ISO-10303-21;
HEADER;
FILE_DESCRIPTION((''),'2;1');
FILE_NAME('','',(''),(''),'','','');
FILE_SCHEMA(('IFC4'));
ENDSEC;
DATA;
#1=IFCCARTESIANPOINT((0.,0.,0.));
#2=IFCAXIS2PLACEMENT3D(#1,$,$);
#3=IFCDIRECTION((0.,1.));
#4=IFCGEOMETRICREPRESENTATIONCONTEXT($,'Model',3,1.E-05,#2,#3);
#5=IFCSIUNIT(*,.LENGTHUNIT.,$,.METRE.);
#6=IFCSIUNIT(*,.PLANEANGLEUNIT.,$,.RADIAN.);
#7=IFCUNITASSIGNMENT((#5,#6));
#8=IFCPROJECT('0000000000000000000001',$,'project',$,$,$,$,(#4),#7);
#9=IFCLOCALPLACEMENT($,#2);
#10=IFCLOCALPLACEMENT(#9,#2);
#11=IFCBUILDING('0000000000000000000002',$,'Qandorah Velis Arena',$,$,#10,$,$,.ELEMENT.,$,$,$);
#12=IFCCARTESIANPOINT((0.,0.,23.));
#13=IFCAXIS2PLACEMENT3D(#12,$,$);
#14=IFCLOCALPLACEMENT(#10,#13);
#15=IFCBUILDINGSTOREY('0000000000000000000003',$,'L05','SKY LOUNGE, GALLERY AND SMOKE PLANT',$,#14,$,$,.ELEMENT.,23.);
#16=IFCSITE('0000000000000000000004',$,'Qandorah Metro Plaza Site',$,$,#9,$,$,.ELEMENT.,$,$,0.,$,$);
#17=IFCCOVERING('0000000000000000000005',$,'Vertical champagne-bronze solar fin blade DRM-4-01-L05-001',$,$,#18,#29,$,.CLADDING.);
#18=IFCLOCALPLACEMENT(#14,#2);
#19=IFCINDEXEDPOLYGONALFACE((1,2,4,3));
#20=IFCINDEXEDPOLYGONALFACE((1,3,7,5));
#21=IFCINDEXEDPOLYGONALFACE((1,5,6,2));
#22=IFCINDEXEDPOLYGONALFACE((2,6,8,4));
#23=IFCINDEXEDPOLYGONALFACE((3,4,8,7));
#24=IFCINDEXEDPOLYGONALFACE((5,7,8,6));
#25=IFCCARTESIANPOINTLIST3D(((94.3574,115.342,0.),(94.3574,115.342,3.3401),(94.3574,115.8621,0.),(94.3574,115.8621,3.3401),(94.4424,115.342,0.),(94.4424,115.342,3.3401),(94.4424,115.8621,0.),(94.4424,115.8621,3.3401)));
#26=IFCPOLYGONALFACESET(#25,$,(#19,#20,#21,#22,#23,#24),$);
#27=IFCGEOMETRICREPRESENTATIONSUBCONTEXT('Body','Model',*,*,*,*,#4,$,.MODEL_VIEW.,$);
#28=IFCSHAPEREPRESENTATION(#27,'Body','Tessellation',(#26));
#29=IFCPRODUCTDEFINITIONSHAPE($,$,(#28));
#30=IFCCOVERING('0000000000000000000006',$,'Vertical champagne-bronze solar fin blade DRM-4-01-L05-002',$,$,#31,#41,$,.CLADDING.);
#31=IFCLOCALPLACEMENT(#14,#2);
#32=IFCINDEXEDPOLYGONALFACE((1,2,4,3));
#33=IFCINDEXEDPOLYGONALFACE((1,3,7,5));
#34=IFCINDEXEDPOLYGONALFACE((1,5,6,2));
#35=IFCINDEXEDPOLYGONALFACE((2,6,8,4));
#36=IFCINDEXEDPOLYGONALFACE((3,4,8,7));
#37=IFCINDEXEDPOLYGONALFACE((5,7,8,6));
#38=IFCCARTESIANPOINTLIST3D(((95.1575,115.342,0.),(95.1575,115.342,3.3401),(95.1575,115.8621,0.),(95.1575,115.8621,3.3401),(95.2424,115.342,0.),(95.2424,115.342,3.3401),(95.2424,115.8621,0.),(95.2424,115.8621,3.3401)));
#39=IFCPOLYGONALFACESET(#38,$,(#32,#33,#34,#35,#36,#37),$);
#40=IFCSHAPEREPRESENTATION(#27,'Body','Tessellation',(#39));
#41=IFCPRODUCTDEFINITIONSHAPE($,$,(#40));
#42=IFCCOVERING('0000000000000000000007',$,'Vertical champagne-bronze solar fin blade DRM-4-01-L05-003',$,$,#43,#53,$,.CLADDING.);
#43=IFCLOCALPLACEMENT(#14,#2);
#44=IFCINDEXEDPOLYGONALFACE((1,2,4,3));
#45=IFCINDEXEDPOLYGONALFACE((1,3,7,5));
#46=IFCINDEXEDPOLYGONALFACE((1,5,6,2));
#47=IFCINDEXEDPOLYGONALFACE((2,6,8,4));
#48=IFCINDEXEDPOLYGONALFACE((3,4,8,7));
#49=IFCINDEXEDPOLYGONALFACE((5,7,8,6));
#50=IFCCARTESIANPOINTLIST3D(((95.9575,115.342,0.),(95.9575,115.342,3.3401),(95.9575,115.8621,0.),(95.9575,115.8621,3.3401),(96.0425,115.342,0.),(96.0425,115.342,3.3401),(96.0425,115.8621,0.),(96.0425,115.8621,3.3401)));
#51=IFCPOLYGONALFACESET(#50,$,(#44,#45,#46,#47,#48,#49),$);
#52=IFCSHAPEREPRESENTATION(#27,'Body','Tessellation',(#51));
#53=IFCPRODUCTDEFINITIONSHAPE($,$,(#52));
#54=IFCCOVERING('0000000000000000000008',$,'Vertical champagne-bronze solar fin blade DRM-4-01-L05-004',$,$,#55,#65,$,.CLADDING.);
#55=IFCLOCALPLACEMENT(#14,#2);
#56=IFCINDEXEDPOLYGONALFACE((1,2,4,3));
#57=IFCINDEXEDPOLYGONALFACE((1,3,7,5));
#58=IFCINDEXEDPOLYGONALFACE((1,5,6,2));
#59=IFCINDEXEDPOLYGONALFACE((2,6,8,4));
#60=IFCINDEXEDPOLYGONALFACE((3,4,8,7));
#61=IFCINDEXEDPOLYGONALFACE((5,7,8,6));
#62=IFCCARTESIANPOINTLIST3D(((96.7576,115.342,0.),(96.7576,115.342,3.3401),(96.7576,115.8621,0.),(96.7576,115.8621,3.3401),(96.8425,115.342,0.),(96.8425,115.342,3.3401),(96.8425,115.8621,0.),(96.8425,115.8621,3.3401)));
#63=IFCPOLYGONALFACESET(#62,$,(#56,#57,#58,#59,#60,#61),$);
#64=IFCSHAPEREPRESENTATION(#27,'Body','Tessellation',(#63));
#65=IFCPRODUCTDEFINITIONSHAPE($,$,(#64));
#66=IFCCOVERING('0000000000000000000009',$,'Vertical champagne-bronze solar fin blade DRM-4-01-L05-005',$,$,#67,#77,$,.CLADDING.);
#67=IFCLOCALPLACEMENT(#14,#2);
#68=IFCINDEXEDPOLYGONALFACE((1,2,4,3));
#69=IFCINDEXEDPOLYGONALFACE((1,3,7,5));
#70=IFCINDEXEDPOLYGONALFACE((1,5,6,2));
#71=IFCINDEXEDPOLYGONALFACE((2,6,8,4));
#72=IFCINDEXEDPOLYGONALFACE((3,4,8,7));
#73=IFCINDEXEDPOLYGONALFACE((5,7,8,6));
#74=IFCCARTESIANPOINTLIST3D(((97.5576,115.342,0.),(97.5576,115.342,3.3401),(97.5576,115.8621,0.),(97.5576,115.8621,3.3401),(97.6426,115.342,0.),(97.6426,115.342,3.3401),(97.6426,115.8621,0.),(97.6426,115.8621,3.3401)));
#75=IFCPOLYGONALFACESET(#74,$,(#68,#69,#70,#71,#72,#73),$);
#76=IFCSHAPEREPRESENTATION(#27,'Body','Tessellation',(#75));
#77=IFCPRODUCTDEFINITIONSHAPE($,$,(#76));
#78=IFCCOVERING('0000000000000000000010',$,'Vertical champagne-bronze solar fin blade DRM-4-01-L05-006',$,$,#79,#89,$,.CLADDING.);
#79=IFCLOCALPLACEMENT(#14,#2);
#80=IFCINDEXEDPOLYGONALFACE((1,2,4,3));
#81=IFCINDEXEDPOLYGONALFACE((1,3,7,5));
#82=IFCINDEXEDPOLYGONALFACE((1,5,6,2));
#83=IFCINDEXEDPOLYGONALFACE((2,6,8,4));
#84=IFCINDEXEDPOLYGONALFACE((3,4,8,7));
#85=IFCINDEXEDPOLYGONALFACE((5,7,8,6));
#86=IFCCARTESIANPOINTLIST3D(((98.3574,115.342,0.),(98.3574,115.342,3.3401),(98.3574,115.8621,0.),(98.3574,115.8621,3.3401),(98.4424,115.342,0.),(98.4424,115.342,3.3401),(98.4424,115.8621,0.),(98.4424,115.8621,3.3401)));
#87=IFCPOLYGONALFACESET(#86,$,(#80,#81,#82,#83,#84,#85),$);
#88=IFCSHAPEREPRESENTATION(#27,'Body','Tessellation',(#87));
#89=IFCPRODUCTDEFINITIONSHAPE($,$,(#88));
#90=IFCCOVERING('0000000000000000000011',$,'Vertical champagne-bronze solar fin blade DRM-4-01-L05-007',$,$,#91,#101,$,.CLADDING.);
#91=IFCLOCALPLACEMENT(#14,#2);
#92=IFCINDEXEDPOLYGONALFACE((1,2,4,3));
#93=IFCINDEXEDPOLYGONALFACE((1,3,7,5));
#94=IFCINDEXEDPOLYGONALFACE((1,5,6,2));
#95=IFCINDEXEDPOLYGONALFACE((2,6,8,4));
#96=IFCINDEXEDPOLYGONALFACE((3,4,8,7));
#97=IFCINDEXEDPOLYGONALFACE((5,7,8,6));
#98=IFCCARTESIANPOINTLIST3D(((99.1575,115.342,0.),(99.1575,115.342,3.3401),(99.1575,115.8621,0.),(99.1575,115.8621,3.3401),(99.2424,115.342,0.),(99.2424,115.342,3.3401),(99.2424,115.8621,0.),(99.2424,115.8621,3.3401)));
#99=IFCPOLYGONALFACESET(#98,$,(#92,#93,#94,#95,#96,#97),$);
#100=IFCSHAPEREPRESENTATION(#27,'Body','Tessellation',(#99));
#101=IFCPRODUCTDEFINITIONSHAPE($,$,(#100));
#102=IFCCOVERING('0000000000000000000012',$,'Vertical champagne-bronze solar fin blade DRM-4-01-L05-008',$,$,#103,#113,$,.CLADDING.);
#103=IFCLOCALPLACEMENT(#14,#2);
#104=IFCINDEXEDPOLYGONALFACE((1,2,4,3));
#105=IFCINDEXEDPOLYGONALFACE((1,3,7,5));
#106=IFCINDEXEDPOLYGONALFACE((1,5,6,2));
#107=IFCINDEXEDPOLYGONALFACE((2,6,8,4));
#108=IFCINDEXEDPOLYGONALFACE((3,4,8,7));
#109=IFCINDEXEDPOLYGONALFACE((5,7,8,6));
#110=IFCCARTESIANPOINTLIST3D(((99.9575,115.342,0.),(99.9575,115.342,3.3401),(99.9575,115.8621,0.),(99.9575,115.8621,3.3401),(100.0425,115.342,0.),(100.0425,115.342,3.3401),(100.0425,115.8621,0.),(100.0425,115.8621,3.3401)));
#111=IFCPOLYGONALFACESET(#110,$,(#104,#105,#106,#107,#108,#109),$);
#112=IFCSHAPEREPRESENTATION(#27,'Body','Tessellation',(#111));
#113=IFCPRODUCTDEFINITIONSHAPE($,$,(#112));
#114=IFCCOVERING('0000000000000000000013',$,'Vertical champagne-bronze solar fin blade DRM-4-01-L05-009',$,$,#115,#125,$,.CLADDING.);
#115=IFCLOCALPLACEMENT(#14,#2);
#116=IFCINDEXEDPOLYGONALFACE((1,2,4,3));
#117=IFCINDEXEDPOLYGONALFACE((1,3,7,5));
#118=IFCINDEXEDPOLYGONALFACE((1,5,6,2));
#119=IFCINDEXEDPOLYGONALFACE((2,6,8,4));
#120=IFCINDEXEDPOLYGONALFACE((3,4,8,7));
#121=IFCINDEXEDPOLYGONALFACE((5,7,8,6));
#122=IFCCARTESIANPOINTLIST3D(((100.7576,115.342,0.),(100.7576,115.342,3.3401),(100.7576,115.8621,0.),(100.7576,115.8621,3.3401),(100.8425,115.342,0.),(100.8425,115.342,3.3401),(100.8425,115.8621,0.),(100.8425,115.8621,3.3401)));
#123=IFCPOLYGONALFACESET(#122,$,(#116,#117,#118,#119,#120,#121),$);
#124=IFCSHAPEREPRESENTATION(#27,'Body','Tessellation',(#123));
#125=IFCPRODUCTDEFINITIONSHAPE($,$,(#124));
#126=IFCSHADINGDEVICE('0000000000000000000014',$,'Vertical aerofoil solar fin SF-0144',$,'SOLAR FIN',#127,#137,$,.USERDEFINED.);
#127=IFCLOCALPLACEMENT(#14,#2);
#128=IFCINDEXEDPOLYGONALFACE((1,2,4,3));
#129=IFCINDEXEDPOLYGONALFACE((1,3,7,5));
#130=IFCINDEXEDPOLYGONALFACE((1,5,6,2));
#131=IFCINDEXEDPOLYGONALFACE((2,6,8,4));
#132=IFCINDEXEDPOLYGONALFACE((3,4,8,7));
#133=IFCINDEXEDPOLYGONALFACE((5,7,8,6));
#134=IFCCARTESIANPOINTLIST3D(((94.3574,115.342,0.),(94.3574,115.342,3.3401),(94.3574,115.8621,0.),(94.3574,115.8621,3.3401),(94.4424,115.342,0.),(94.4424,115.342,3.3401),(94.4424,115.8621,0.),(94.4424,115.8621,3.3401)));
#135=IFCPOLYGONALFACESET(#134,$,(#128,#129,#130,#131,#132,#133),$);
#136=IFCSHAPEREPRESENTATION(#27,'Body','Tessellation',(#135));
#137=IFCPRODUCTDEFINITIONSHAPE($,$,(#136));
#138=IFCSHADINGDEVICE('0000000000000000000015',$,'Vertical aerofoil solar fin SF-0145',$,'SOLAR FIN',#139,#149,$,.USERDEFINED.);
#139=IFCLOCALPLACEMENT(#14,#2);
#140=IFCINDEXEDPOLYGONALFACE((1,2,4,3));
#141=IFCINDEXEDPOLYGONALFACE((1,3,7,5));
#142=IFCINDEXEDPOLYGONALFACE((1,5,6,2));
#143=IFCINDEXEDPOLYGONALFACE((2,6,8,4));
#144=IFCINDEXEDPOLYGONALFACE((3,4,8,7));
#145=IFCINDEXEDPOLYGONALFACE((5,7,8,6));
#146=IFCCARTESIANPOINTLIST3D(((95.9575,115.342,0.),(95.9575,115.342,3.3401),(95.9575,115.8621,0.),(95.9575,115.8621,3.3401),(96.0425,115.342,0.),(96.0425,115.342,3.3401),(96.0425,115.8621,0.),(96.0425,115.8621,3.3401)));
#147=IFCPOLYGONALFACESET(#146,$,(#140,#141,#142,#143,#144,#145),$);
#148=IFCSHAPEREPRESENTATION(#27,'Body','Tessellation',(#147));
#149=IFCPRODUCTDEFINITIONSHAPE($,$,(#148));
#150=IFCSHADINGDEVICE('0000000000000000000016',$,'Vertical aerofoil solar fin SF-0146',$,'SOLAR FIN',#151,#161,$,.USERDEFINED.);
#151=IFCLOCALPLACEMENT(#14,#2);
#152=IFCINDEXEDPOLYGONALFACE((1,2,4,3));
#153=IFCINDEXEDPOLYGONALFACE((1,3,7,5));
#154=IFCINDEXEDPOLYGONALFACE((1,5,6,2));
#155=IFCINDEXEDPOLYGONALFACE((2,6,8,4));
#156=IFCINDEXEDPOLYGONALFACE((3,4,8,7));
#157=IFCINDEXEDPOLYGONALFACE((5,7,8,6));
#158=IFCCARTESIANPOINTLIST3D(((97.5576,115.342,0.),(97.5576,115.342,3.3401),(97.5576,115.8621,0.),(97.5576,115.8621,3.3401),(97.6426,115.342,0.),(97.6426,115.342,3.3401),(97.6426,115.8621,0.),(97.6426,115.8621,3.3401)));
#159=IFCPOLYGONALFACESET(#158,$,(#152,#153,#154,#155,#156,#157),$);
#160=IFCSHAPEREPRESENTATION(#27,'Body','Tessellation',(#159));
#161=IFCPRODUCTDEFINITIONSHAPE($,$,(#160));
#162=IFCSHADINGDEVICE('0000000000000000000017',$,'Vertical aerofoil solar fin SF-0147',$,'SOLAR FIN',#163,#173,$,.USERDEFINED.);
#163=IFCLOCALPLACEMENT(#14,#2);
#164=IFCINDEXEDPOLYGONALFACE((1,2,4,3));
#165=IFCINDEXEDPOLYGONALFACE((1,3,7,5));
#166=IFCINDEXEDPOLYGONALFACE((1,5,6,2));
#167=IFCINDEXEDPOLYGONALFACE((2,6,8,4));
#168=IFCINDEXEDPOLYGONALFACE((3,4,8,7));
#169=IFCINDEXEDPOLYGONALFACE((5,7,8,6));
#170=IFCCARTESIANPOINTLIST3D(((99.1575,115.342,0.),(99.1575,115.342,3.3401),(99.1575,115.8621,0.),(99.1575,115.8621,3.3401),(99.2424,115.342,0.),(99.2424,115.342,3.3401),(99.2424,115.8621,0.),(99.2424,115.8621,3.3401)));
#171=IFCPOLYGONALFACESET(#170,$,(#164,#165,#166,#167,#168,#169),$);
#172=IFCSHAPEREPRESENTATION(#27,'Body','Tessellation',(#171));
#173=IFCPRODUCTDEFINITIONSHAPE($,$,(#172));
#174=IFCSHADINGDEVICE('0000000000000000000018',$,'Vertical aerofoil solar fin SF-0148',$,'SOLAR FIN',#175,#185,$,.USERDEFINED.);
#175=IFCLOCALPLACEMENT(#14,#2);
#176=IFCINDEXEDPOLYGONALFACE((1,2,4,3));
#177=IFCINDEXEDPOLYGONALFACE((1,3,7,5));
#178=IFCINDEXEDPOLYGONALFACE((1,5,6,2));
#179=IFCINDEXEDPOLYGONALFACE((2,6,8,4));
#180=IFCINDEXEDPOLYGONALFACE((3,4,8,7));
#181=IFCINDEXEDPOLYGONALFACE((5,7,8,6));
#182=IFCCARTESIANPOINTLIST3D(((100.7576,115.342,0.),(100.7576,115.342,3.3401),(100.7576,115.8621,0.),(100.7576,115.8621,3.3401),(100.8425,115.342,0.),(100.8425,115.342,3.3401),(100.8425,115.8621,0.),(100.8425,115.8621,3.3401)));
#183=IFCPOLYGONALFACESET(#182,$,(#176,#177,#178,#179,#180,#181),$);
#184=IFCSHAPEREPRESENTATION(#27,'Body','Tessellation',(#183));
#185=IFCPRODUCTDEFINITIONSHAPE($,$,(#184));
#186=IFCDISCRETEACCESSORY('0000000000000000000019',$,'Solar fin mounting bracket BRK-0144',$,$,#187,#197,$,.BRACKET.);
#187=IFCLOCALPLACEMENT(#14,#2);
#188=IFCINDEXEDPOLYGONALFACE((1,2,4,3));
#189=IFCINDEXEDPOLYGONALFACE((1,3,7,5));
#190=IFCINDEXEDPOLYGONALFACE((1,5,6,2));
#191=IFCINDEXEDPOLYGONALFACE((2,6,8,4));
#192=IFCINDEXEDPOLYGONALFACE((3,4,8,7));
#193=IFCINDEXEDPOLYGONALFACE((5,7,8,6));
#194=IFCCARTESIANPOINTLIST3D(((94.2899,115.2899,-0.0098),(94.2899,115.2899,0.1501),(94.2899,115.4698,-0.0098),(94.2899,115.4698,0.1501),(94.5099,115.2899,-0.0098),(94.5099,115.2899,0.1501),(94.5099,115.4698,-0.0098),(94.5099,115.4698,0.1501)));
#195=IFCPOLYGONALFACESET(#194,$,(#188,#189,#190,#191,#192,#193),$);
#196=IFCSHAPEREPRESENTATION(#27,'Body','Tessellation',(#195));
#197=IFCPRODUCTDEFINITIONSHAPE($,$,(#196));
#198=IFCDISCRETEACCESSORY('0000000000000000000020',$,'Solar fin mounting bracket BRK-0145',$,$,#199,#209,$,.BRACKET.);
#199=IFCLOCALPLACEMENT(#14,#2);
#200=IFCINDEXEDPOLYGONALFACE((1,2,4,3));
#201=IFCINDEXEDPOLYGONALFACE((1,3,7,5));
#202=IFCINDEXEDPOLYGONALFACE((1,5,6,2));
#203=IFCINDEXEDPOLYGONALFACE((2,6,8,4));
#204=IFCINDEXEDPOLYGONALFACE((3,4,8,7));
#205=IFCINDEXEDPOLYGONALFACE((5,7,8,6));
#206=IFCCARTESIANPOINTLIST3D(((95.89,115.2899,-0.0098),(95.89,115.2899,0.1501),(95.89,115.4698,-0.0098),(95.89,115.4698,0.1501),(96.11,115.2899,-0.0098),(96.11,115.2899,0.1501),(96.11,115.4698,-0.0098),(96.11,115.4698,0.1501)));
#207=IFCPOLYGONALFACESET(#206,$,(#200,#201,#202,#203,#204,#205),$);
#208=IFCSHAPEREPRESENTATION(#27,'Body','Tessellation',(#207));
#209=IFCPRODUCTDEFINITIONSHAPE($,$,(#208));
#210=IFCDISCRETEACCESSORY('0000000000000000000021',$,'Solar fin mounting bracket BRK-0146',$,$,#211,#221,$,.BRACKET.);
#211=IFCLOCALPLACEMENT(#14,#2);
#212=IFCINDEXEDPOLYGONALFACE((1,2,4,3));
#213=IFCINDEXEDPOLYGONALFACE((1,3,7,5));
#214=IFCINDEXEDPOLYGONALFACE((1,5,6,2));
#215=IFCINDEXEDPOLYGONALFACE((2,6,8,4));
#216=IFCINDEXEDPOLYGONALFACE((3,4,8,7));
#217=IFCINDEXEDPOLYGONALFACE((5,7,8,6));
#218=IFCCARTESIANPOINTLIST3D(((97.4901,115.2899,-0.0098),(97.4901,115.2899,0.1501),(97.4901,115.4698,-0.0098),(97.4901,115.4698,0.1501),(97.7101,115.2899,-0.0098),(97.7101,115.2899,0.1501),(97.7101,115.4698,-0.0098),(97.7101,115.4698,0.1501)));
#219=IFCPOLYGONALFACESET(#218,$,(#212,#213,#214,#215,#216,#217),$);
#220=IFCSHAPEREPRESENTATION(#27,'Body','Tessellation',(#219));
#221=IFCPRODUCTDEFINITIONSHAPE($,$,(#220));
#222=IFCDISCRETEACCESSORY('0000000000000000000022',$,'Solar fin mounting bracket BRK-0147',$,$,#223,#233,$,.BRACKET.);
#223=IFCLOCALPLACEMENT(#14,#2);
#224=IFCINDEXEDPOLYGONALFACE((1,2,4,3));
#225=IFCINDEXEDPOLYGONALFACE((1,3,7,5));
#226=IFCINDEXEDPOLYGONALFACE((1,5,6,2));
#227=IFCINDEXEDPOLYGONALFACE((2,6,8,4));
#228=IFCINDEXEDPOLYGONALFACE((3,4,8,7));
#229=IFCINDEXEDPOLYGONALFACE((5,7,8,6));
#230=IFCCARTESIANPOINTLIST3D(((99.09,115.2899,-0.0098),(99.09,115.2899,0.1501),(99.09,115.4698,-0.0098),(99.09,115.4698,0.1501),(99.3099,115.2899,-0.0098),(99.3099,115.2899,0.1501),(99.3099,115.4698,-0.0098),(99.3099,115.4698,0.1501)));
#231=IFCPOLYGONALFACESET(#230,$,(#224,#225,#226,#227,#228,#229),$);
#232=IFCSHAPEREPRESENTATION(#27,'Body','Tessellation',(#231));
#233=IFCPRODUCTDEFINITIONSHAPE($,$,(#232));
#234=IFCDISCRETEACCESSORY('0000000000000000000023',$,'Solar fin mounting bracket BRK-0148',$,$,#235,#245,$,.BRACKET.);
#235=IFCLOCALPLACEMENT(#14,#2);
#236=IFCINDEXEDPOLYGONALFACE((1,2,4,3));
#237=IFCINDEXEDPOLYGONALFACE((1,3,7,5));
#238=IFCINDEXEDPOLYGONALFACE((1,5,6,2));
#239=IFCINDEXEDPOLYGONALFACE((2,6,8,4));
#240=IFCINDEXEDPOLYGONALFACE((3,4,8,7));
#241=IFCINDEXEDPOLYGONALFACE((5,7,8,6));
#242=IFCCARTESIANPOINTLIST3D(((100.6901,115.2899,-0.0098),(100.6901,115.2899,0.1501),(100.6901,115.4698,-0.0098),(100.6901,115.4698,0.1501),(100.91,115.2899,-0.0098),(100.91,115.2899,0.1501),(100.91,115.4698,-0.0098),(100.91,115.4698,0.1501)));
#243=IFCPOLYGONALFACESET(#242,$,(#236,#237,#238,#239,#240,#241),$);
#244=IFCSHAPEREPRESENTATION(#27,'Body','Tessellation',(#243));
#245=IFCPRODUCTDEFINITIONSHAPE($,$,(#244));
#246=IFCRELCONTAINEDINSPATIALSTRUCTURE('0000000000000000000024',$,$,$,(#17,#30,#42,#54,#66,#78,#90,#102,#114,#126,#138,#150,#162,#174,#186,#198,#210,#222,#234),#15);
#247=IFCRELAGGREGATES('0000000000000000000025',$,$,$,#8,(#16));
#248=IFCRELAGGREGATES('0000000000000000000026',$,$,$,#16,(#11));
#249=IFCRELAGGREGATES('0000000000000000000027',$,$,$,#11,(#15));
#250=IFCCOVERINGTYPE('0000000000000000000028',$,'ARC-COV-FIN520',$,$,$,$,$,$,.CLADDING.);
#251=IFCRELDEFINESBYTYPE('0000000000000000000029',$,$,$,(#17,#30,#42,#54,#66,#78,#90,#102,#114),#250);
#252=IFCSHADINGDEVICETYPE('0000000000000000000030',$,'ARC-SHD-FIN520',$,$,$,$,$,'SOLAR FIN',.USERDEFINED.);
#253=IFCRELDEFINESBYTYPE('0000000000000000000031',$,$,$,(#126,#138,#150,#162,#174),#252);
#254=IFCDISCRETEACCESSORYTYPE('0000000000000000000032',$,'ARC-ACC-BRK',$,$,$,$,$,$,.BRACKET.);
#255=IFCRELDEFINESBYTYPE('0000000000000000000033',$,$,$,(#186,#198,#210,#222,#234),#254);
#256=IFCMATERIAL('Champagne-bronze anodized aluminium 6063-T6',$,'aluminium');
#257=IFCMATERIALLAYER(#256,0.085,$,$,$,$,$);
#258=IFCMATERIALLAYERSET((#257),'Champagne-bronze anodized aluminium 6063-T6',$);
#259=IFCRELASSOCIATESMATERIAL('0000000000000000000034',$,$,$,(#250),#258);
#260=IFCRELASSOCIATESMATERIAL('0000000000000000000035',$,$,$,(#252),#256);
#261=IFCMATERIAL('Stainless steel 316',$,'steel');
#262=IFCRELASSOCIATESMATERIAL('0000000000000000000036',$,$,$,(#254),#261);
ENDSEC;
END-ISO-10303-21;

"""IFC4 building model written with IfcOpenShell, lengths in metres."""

from ifc_helpers import new_model, si_unit, direction, frame, origin, origin_2d, place, context, subcontext, project, spatial, rectangle, extrude, material, layer, layer_set, type_object, element, save


model = new_model("IFC4")

# Units and contexts
model_context = context("Model", 3, precision=1e-05, world=origin(), true_north=direction((0.0, 1.0)))
body_context = subcontext(model_context, "Body", "Model", "MODEL_VIEW")
ifc_project = project(units=[si_unit("LENGTHUNIT", "METRE"), si_unit("PLANEANGLEUNIT", "RADIAN")], contexts=[model_context])

# Site, building, storey
site_placement = place(None, origin())
site = spatial("IfcSite", under=ifc_project, at=site_placement, Name="Qandorah Metro Plaza Site", CompositionType="ELEMENT", RefElevation=0.0)
building_placement = place(site_placement, origin())
building = spatial("IfcBuilding", under=site, at=building_placement, Name="Qandorah Velis Arena", CompositionType="ELEMENT")
storey_placement = place(building_placement, frame((0.0, 0.0, 23.0)))
storey = spatial("IfcBuildingStorey", under=building, at=storey_placement, Name="L05", Description="SKY LOUNGE, GALLERY AND SMOKE PLANT", CompositionType="ELEMENT", Elevation=23.0)

# Coverings
ifc_material_1 = material(Name="Champagne-bronze anodized aluminium 6063-T6", Category="aluminium")
ifc_layer_1 = layer(ifc_material_1, 0.085)
ifc_layer_set_1 = layer_set([ifc_layer_1], Name="Champagne-bronze anodized aluminium 6063-T6")
covering_type = type_object("IfcCoveringType", Name="ARC-COV-FIN520", PredefinedType="CLADDING", material=ifc_layer_set_1)
for number, where, z_axis, x_axis, name in (
    (1, (94.3999, 115.6021, 0.0), (0.0, 0.0, 1.0), (1.0, 0.0, 0.0), "Vertical champagne-bronze solar fin blade DRM-4-01-L05-001"),
    (2, (95.2, 115.6021, 0.0), (0.0, 0.0, 1.0), (1.0, 0.0, 0.0), "Vertical champagne-bronze solar fin blade DRM-4-01-L05-002"),
    (3, (96.0, 115.6021, 0.0), (0.0, 0.0, 1.0), (1.0, 0.0, 0.0), "Vertical champagne-bronze solar fin blade DRM-4-01-L05-003"),
    (4, (96.8, 115.6021, 0.0), (0.0, 0.0, 1.0), (1.0, 0.0, 0.0), "Vertical champagne-bronze solar fin blade DRM-4-01-L05-004"),
    (5, (97.6001, 115.6021, 0.0), (0.0, 0.0, 1.0), (1.0, 0.0, 0.0), "Vertical champagne-bronze solar fin blade DRM-4-01-L05-005"),
    (6, (98.3999, 115.6021, 0.0), (0.0, 0.0, 1.0), (1.0, 0.0, 0.0), "Vertical champagne-bronze solar fin blade DRM-4-01-L05-006"),
    (7, (99.2, 115.6021, 0.0), (0.0, 0.0, 1.0), (1.0, 0.0, 0.0), "Vertical champagne-bronze solar fin blade DRM-4-01-L05-007"),
    (8, (100.0, 115.6021, 0.0), (0.0, 0.0, 1.0), (1.0, 0.0, 0.0), "Vertical champagne-bronze solar fin blade DRM-4-01-L05-008"),
    (9, (100.8, 115.6021, 0.0), (0.0, 0.0, 1.0), (1.0, 0.0, 0.0), "Vertical champagne-bronze solar fin blade DRM-4-01-L05-009"),
):
    element("IfcCovering", number, at=place(storey_placement, frame(where, z_axis=z_axis, x_axis=x_axis)), inside=storey, type_object=covering_type, Name=name, PredefinedType="CLADDING", context=body_context, shape_type="SweptSolid", body=[
        extrude(rectangle(XDim=0.085, YDim=0.52, at=origin_2d()), origin(), (0.0, 0.0, 1.0), 3.3401),
    ])

# Shading devices
shading_device_type = type_object("IfcShadingDeviceType", Name="ARC-SHD-FIN520", ElementType="SOLAR FIN", PredefinedType="USERDEFINED", material=ifc_material_1)
for number, where, z_axis, x_axis, name in (
    (10, (94.3999, 115.6021, 0.0), (0.0, 0.0, 1.0), (1.0, 0.0, 0.0), "Vertical aerofoil solar fin SF-0144"),
    (11, (96.0, 115.6021, 0.0), (0.0, 0.0, 1.0), (1.0, 0.0, 0.0), "Vertical aerofoil solar fin SF-0145"),
    (12, (97.6001, 115.6021, 0.0), (0.0, 0.0, 1.0), (1.0, 0.0, 0.0), "Vertical aerofoil solar fin SF-0146"),
    (13, (99.2, 115.6021, 0.0), (0.0, 0.0, 1.0), (1.0, 0.0, 0.0), "Vertical aerofoil solar fin SF-0147"),
    (14, (100.8, 115.6021, 0.0), (0.0, 0.0, 1.0), (1.0, 0.0, 0.0), "Vertical aerofoil solar fin SF-0148"),
):
    element("IfcShadingDevice", number, at=place(storey_placement, frame(where, z_axis=z_axis, x_axis=x_axis)), inside=storey, type_object=shading_device_type, Name=name, ObjectType="SOLAR FIN", PredefinedType="USERDEFINED", context=body_context, shape_type="SweptSolid", body=[
        extrude(rectangle(XDim=0.085, YDim=0.52, at=origin_2d()), origin(), (0.0, 0.0, 1.0), 3.3401),
    ])

# Discrete accessories
ifc_material_2 = material(Name="Stainless steel 316", Category="steel")
discrete_accessory_type = type_object("IfcDiscreteAccessoryType", Name="ARC-ACC-BRK", PredefinedType="BRACKET", material=ifc_material_2)
for number, where, z_axis, x_axis, name in (
    (15, (94.3999, 115.3799, -0.0098), (0.0, 0.0, 1.0), (1.0, 0.0, 0.0), "Solar fin mounting bracket BRK-0144"),
    (16, (96.0, 115.3799, -0.0098), (0.0, 0.0, 1.0), (1.0, 0.0, 0.0), "Solar fin mounting bracket BRK-0145"),
    (17, (97.6001, 115.3799, -0.0098), (0.0, 0.0, 1.0), (1.0, 0.0, 0.0), "Solar fin mounting bracket BRK-0146"),
    (18, (99.2, 115.3799, -0.0098), (0.0, 0.0, 1.0), (1.0, 0.0, 0.0), "Solar fin mounting bracket BRK-0147"),
    (19, (100.8, 115.3799, -0.0098), (0.0, 0.0, 1.0), (1.0, 0.0, 0.0), "Solar fin mounting bracket BRK-0148"),
):
    element("IfcDiscreteAccessory", number, at=place(storey_placement, frame(where, z_axis=z_axis, x_axis=x_axis)), inside=storey, type_object=discrete_accessory_type, Name=name, PredefinedType="BRACKET", context=body_context, shape_type="SweptSolid", body=[
        extrude(rectangle(XDim=0.22, YDim=0.1799, at=origin_2d()), origin(), (0.0, 0.0, 1.0), 0.1599),
    ])

save(model, "model.ifc")
